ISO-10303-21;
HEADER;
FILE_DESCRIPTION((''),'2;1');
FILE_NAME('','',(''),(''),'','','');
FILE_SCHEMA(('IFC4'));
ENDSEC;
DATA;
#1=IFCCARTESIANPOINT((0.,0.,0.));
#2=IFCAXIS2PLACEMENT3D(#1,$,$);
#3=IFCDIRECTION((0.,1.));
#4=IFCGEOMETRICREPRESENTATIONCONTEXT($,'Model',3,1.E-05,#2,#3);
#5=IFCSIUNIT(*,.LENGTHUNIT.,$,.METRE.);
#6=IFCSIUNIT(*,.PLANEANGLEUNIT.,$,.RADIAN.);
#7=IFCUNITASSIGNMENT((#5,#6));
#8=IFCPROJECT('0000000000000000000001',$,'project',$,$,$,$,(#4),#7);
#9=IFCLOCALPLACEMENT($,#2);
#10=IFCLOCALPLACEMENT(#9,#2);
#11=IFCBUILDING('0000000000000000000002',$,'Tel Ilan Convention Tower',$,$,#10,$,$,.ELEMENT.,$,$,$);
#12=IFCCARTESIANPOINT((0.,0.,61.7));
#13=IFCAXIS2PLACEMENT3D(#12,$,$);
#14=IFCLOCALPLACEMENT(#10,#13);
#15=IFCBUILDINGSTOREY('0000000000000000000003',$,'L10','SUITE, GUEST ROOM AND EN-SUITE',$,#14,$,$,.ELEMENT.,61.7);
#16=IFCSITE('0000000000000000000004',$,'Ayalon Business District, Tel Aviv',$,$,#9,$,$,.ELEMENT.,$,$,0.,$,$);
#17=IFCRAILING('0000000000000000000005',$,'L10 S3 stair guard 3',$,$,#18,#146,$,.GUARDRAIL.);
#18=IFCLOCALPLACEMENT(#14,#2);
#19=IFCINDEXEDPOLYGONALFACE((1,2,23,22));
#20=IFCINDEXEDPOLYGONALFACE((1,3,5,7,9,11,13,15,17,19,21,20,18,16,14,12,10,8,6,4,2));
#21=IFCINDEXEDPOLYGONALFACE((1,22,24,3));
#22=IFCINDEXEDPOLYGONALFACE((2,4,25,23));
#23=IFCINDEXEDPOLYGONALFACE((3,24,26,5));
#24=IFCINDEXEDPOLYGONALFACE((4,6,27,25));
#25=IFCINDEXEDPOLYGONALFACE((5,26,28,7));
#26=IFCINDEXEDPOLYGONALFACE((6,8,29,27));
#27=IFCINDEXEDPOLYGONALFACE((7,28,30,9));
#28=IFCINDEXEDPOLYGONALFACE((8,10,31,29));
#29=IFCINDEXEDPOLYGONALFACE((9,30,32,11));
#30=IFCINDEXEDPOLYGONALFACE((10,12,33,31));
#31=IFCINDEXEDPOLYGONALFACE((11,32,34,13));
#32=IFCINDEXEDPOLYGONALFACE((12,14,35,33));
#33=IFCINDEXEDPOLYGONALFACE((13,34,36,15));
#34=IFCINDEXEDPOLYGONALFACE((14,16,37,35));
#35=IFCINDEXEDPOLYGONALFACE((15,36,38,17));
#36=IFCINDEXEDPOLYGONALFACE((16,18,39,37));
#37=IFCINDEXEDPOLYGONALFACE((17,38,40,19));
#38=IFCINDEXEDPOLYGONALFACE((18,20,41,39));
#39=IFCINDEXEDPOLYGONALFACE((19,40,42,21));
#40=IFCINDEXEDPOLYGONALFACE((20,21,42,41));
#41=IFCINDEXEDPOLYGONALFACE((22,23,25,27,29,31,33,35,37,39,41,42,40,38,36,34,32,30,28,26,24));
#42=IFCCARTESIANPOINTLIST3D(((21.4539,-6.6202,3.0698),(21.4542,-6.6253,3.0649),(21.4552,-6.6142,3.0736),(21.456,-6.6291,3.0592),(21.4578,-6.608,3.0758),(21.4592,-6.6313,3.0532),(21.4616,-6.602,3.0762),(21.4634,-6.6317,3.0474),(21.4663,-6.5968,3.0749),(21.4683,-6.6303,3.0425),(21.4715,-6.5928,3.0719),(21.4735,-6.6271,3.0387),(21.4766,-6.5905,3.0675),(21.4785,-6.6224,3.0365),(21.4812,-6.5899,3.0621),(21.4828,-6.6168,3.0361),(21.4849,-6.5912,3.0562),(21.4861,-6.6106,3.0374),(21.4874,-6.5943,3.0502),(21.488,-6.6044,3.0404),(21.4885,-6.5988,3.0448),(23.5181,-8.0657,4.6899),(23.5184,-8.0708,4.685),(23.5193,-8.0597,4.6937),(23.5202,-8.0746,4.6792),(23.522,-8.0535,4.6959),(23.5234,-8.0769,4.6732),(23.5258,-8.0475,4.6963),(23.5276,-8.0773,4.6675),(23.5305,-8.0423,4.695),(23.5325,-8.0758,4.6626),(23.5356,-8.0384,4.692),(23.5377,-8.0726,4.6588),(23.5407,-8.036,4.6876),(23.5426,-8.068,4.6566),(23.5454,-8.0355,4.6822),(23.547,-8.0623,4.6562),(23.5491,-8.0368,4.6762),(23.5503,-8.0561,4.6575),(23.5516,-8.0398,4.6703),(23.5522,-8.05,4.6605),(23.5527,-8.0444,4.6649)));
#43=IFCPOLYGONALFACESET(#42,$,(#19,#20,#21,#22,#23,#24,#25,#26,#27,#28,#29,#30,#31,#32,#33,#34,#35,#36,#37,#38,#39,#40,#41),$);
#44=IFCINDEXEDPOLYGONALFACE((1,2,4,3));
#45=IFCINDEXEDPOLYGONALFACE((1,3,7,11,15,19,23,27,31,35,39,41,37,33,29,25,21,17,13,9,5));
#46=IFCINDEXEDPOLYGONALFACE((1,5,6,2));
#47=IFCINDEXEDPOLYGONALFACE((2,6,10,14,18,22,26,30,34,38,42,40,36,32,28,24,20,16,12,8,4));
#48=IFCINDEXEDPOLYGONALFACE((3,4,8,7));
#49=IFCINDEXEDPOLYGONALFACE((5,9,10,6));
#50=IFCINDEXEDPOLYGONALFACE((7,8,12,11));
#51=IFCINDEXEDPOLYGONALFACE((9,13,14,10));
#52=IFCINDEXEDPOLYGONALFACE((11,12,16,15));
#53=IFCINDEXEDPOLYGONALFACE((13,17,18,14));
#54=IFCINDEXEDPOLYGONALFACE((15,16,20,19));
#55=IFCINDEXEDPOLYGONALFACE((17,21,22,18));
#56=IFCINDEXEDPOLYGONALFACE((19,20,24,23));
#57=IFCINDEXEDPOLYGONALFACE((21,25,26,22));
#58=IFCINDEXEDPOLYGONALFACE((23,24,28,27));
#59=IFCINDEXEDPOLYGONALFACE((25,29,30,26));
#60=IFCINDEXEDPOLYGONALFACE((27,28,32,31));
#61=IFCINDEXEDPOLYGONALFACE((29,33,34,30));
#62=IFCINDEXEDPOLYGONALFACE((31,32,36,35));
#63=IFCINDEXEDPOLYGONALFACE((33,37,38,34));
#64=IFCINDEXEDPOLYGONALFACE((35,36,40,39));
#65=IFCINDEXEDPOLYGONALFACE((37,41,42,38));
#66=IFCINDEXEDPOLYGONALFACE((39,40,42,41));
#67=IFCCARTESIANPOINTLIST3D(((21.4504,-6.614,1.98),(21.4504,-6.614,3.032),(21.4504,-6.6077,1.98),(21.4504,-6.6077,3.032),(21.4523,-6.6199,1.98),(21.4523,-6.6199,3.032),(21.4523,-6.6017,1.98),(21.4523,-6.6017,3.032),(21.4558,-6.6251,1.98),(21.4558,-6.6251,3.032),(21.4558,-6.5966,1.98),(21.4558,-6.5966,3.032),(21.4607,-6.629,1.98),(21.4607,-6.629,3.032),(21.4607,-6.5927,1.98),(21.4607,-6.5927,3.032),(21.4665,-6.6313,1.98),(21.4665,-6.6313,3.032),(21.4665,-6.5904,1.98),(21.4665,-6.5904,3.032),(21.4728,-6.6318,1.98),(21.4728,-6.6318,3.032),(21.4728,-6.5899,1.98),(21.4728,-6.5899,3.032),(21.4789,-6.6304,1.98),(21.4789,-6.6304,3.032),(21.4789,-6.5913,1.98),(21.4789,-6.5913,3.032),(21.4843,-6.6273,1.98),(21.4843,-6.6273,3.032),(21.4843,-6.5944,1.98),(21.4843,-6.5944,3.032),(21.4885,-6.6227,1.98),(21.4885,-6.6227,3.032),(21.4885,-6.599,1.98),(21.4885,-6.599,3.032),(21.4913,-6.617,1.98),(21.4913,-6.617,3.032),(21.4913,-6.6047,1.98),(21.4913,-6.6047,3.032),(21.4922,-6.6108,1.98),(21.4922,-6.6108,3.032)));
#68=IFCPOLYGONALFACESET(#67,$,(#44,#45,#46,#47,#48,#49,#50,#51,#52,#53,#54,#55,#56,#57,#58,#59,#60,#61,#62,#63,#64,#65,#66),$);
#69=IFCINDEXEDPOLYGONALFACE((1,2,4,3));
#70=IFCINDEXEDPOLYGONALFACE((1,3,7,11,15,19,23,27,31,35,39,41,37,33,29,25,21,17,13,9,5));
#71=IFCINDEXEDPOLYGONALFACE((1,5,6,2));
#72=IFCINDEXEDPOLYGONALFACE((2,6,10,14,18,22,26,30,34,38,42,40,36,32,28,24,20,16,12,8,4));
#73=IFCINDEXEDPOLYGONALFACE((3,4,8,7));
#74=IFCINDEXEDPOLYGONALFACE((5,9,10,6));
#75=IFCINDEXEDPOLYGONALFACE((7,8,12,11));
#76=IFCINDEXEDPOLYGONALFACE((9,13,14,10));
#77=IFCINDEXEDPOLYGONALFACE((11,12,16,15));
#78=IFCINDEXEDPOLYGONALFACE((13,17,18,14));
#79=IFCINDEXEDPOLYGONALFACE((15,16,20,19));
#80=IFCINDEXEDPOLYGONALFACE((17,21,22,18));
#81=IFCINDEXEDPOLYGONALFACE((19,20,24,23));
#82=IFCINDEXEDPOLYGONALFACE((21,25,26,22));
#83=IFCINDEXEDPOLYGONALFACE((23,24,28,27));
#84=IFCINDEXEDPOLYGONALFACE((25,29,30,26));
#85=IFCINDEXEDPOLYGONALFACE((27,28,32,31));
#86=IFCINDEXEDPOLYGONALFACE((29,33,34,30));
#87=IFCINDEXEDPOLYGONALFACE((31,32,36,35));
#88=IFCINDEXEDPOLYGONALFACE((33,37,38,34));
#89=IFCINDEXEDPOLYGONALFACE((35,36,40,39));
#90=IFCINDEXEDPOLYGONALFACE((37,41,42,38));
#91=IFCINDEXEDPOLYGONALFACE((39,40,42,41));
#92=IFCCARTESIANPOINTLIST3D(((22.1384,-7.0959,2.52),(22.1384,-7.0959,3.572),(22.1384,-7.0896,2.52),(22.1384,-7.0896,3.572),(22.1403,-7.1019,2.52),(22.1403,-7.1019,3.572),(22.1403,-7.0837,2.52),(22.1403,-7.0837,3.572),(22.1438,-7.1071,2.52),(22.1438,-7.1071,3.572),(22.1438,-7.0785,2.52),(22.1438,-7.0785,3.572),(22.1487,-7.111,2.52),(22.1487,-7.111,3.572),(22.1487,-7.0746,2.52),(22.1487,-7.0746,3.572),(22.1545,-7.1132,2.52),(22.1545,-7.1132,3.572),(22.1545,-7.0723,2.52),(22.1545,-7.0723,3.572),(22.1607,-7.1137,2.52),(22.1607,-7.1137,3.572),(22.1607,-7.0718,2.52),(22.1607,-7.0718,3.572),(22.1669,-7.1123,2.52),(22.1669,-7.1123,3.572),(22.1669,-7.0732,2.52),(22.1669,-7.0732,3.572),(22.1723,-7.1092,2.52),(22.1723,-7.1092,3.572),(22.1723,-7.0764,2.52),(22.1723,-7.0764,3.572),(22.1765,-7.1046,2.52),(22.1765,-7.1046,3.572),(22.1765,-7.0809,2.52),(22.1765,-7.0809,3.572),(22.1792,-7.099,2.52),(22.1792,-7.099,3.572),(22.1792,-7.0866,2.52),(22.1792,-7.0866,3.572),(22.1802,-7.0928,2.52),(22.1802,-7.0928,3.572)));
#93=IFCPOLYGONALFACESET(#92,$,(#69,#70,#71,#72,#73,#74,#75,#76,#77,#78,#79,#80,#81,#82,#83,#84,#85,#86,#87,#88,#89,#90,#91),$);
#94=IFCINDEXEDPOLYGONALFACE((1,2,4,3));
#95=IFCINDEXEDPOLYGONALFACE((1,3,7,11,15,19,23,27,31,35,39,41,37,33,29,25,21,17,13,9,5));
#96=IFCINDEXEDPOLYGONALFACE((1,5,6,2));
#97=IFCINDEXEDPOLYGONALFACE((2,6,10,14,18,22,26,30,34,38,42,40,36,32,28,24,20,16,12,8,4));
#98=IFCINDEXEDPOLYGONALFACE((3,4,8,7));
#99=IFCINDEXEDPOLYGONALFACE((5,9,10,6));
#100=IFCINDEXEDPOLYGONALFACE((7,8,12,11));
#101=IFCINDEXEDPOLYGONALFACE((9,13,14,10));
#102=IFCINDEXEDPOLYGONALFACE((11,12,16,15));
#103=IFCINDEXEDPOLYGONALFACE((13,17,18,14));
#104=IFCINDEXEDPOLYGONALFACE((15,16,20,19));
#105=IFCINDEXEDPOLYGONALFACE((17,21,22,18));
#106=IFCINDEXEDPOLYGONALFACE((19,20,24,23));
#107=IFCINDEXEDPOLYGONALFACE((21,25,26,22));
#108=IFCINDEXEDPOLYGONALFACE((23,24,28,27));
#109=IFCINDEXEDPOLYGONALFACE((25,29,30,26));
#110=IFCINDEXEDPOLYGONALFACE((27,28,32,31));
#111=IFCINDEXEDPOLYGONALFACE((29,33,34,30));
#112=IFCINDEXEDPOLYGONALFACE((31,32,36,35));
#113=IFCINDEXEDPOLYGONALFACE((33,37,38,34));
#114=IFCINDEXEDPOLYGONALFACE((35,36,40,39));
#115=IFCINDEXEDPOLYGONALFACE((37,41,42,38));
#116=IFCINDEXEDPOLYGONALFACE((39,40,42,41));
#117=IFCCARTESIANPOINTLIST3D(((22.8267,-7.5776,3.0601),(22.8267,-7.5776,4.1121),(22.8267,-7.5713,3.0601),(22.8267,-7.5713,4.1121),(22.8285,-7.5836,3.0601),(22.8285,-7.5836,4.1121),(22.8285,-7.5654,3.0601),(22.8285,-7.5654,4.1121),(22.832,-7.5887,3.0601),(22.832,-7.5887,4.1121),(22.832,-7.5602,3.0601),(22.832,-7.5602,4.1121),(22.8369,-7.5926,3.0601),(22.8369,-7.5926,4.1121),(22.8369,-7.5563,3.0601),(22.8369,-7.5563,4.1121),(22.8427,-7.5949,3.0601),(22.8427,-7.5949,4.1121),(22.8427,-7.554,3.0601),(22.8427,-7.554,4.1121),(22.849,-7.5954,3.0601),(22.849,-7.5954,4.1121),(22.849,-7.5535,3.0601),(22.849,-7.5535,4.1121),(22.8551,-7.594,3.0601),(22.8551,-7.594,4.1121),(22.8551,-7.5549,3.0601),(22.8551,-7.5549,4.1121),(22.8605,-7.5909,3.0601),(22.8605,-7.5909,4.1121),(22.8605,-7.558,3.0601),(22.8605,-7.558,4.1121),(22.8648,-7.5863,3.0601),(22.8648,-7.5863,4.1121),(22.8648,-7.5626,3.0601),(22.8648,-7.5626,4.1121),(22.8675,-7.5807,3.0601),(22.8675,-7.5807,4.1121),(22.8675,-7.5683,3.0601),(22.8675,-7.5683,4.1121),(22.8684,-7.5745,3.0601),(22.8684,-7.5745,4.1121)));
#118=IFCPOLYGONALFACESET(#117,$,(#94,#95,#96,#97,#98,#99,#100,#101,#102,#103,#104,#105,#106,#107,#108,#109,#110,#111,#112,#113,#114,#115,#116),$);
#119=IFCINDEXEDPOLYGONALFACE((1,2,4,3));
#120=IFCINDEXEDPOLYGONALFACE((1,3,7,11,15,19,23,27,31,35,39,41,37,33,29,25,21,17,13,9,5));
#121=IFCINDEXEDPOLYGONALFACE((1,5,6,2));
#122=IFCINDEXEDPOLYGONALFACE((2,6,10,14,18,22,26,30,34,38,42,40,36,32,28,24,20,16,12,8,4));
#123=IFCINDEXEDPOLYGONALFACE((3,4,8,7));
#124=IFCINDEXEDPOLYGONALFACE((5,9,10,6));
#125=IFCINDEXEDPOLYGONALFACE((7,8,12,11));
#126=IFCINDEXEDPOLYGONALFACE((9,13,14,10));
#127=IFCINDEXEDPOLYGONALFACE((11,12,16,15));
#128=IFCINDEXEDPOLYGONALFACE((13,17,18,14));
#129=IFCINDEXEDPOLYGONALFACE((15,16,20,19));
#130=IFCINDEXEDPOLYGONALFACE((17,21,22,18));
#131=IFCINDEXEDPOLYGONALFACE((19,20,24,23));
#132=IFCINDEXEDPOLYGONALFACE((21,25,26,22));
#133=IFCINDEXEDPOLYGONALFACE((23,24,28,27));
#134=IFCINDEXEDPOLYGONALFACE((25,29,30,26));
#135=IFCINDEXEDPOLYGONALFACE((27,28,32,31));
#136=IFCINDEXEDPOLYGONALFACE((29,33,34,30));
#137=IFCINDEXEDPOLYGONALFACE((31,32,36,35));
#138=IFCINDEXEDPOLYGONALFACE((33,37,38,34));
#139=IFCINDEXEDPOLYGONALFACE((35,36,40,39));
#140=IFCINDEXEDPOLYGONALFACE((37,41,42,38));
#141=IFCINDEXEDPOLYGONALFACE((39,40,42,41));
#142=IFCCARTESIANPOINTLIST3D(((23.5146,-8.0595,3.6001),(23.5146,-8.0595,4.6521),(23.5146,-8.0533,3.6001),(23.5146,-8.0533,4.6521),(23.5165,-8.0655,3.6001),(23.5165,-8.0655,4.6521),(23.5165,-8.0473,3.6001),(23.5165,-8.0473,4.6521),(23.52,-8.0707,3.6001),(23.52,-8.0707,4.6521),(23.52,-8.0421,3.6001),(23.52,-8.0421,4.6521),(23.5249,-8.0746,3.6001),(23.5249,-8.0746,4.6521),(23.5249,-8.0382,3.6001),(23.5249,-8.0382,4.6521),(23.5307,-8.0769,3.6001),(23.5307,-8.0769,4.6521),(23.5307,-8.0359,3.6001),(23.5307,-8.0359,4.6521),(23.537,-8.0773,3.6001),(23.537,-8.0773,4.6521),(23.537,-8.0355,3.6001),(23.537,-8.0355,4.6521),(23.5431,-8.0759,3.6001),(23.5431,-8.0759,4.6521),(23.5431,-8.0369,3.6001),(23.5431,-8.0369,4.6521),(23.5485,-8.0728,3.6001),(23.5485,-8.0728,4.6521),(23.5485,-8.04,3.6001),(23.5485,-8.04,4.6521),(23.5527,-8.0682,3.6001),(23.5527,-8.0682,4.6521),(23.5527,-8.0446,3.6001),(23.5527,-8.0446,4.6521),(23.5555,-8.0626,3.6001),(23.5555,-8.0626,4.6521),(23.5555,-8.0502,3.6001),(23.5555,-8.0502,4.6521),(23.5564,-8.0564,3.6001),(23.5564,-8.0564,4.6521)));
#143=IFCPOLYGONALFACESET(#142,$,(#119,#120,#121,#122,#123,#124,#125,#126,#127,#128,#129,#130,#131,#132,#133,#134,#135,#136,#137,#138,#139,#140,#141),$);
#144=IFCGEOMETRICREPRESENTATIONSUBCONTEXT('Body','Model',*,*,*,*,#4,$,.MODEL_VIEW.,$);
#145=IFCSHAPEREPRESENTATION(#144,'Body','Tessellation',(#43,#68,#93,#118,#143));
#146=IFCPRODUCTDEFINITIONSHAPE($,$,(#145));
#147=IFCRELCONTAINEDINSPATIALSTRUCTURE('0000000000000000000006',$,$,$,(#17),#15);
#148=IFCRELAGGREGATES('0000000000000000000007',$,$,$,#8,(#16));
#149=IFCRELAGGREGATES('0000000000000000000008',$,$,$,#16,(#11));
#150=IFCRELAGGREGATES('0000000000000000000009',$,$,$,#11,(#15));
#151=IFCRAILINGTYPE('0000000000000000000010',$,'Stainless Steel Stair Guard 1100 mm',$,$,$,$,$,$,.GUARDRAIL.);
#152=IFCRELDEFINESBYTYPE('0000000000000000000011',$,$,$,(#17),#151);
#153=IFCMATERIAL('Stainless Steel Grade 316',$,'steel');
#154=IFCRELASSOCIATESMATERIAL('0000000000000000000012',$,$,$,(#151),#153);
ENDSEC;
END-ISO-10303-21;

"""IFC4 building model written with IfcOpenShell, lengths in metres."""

from ifc_helpers import new_model, si_unit, direction, frame, origin, origin_2d, place, context, subcontext, project, spatial, circle, extrude, material, type_object, element, save


model = new_model("IFC4")

# Units and contexts
model_context = context("Model", 3, precision=1e-05, world=origin(), true_north=direction((0.0, 1.0)))
body_context = subcontext(model_context, "Body", "Model", "MODEL_VIEW")
ifc_project = project(units=[si_unit("LENGTHUNIT", "METRE"), si_unit("PLANEANGLEUNIT", "RADIAN")], contexts=[model_context])

# Site, building, storey
site_placement = place(None, origin())
site = spatial("IfcSite", under=ifc_project, at=site_placement, Name="Ayalon Business District, Tel Aviv", CompositionType="ELEMENT", RefElevation=0.0)
building_placement = place(site_placement, origin())
building = spatial("IfcBuilding", under=site, at=building_placement, Name="Tel Ilan Convention Tower", CompositionType="ELEMENT")
storey_placement = place(building_placement, frame((0.0, 0.0, 61.7)))
storey = spatial("IfcBuildingStorey", under=building, at=storey_placement, Name="L10", Description="SUITE, GUEST ROOM AND EN-SUITE", CompositionType="ELEMENT", Elevation=61.7)

# Railing
ifc_material_1 = material(Name="Stainless Steel Grade 316", Category="steel")
railing_type_1 = type_object("IfcRailingType", Name="Stainless Steel Stair Guard 1100 mm", PredefinedType="GUARDRAIL", material=ifc_material_1)
railing_1_placement = place(storey_placement, frame((21.4712, -6.6108, 1.98)))
element("IfcRailing", 1, at=railing_1_placement, inside=storey, type_object=railing_type_1, Name="L10 S3 stair guard 3", PredefinedType="GUARDRAIL", context=body_context, shape_type="SweptSolid", body=[
    extrude(circle(Radius=0.0239, at=origin_2d()), frame((0.0, 0.0, 1.0762), z_axis=(0.689013, -0.482513, 0.540779), x_axis=(0.573625, 0.819118, 0.0)), (0.0, 0.0, 1.0), 2.9958),
    extrude(circle(Radius=0.021, at=origin_2d()), origin(), (0.0, 0.0, 1.0), 1.052),
    extrude(circle(Radius=0.021, at=origin_2d()), frame((0.688, -0.4819, 0.54)), (0.0, 0.0, 1.0), 1.052),
    extrude(circle(Radius=0.021, at=origin_2d()), frame((1.3762, -0.9636, 1.0801)), (0.0, 0.0, 1.0), 1.052),
    extrude(circle(Radius=0.021, at=origin_2d()), frame((2.0642, -1.4456, 1.6201)), (0.0, 0.0, 1.0), 1.052),
])

save(model, "model.ifc")
